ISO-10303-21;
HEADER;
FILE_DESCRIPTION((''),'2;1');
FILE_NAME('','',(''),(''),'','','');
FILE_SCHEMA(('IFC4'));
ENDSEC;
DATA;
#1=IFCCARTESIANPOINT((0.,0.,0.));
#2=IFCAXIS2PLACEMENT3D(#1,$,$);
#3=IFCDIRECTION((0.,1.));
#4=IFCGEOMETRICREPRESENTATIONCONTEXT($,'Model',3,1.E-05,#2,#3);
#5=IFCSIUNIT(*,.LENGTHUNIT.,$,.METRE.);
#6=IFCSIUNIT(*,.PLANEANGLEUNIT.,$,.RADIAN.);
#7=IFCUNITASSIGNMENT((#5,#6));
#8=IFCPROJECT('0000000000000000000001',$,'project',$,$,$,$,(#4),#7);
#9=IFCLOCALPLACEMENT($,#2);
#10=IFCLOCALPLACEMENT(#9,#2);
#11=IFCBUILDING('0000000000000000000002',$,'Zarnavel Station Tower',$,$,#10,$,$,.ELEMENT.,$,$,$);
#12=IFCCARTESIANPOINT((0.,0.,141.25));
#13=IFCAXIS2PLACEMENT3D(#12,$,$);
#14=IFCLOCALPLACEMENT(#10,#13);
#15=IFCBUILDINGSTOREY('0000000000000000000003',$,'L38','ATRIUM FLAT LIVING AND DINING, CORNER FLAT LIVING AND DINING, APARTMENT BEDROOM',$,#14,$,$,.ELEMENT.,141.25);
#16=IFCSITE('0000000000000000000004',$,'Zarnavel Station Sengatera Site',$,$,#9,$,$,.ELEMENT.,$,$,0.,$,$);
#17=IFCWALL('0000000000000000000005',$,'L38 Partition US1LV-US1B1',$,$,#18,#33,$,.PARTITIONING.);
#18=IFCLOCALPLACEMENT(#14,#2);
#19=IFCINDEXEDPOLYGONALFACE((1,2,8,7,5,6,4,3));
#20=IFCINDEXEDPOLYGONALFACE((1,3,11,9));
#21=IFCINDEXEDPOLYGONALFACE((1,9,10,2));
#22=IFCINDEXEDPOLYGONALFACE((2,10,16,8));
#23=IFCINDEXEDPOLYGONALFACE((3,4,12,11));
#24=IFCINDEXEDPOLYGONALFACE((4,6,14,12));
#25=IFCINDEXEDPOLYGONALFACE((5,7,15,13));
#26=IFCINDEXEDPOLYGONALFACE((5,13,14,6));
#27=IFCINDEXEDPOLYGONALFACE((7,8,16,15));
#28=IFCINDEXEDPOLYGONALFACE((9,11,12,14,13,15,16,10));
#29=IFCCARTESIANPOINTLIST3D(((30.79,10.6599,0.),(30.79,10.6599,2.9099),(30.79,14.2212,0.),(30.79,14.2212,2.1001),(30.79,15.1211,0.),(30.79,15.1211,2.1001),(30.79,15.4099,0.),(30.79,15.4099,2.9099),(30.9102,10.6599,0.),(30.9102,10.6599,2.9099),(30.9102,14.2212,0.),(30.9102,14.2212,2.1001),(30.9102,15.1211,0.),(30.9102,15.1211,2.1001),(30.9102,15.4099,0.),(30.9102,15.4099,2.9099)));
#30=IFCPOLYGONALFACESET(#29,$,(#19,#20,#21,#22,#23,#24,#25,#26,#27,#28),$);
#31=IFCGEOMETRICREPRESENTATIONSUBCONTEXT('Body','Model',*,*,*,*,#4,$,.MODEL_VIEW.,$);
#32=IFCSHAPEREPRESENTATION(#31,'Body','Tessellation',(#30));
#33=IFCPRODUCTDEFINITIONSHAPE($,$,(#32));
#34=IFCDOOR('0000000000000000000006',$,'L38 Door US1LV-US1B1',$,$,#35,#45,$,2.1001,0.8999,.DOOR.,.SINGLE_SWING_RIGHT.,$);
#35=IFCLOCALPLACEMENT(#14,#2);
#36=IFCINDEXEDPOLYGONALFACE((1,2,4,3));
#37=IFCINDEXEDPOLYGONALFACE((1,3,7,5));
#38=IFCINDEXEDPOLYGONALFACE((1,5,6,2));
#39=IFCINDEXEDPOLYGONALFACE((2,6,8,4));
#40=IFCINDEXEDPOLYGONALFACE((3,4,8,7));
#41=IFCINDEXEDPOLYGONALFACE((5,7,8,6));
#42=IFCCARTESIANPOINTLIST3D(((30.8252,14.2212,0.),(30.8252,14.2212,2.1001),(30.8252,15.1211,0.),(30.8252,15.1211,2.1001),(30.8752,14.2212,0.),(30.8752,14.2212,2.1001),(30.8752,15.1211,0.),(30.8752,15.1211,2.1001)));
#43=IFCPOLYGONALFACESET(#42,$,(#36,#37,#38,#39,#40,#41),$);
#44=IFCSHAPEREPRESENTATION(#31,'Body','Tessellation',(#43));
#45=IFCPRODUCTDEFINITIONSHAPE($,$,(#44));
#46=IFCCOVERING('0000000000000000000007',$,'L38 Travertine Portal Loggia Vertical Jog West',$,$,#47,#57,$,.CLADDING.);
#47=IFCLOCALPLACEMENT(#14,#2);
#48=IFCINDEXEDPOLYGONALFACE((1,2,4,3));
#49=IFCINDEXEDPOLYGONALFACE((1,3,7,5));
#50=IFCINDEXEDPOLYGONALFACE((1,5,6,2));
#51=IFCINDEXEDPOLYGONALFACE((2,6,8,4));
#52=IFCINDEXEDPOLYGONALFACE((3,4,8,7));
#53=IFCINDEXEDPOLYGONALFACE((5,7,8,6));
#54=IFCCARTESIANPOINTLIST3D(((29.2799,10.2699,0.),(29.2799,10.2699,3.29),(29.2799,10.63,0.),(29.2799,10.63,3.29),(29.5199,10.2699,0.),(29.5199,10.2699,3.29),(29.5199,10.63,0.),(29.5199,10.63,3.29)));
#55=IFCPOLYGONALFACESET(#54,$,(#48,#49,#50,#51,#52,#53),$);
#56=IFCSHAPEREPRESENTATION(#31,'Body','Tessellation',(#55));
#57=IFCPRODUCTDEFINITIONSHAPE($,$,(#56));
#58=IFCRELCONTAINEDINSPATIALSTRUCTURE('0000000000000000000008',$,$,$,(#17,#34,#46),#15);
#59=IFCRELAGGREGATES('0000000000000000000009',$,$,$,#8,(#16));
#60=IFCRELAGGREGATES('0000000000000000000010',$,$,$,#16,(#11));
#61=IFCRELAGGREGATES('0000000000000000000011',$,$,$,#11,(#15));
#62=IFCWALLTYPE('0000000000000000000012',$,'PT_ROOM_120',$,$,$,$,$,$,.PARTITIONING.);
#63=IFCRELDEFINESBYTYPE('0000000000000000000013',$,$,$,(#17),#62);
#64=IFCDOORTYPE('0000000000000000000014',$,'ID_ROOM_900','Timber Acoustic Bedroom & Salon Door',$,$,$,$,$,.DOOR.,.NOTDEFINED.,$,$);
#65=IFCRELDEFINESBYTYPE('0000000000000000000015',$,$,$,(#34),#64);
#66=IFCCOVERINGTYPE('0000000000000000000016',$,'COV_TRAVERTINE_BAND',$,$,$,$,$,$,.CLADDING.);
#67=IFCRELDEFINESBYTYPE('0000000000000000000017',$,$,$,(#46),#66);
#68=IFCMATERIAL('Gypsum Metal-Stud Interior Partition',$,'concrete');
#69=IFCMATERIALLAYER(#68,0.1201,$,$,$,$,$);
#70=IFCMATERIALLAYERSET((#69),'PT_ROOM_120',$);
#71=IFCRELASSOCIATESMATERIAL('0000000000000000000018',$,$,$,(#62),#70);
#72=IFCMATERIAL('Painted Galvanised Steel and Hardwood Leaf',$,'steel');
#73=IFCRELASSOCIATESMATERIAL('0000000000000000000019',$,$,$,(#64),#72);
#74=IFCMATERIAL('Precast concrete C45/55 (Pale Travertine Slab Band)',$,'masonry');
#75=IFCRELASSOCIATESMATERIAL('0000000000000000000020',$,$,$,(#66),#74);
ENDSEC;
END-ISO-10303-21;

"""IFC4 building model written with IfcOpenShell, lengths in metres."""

from ifc_helpers import new_model, si_unit, direction, frame, frame_2d, origin, origin_2d, place, context, subcontext, project, spatial, rectangle, extrude, material, layer, layer_set, type_object, element, fill, save


model = new_model("IFC4")

# Units and contexts
model_context = context("Model", 3, precision=1e-05, world=origin(), true_north=direction((0.0, 1.0)))
body_context = subcontext(model_context, "Body", "Model", "MODEL_VIEW")
ifc_project = project(units=[si_unit("LENGTHUNIT", "METRE"), si_unit("PLANEANGLEUNIT", "RADIAN")], contexts=[model_context])

# Site, building, storey
site_placement = place(None, origin())
site = spatial("IfcSite", under=ifc_project, at=site_placement, Name="Zarnavel Station Sengatera Site", CompositionType="ELEMENT", RefElevation=0.0)
building_placement = place(site_placement, origin())
building = spatial("IfcBuilding", under=site, at=building_placement, Name="Zarnavel Station Tower", CompositionType="ELEMENT")
storey_placement = place(building_placement, frame((0.0, 0.0, 141.25)))
storey = spatial("IfcBuildingStorey", under=building, at=storey_placement, Name="L38", Description="ATRIUM FLAT LIVING AND DINING, CORNER FLAT LIVING AND DINING, APARTMENT BEDROOM", CompositionType="ELEMENT", Elevation=141.25)

# Wall, opening, door
ifc_material_1 = material(Name="Gypsum Metal-Stud Interior Partition", Category="concrete")
ifc_layer_1 = layer(ifc_material_1, 0.1201)
ifc_layer_set_1 = layer_set([ifc_layer_1], Name="PT_ROOM_120")
wall_type_1 = type_object("IfcWallType", Name="PT_ROOM_120", PredefinedType="PARTITIONING", material=ifc_layer_set_1)
wall_1_placement = place(storey_placement, frame((30.8501, 10.6599, 0.0), z_axis=(0.0, 0.0, 1.0), x_axis=(0.0, 1.0, 0.0)))
wall_1 = element("IfcWall", 1, at=wall_1_placement, inside=storey, type_object=wall_type_1, Name="L38 Partition US1LV-US1B1", PredefinedType="PARTITIONING", context=body_context, shape_type="SweptSolid", body=[
    extrude(rectangle(XDim=4.75, YDim=0.1201, at=frame_2d((2.375, 0.0))), origin(), (0.0, 0.0, 1.0), 2.9099),
])
opening_placement = place(wall_1_placement, frame((3.5613, 0.0, 0.0)))
opening = element("IfcOpeningElement", 2, at=opening_placement, cuts=wall_1, PredefinedType="OPENING", context=body_context, shape_type="SweptSolid", body=[
    extrude(rectangle(XDim=0.8999, YDim=2.1001, at=frame_2d((0.45, 1.05))), frame((0.0, 0.0701, 0.0), z_axis=(0.0, -1.0, 0.0), x_axis=(1.0, 0.0, 0.0)), (0.0, 0.0, 1.0), 0.1401),
])
ifc_material_2 = material(Name="Painted Galvanised Steel and Hardwood Leaf", Category="steel")
door_type = type_object("IfcDoorType", Name="ID_ROOM_900", Description="Timber Acoustic Bedroom & Salon Door", OperationType="NOTDEFINED", PredefinedType="DOOR", material=ifc_material_2)
door_placement = place(opening_placement, origin())
door = element("IfcDoor", 3, at=door_placement, inside=storey, type_object=door_type, Name="L38 Door US1LV-US1B1", OperationType="SINGLE_SWING_RIGHT", OverallHeight=2.1001, OverallWidth=0.8999, PredefinedType="DOOR", context=body_context, shape_type="SweptSolid", body=[
    extrude(rectangle(XDim=0.8999, YDim=2.1001, at=frame_2d((0.45, 1.05))), frame((0.0, 0.0249, 0.0), z_axis=(0.0, -1.0, 0.0), x_axis=(1.0, 0.0, 0.0)), (0.0, 0.0, 1.0), 0.05),
])
fill(opening, door)

# Covering
ifc_material_3 = material(Name="Precast concrete C45/55 (Pale Travertine Slab Band)", Category="masonry")
covering_type = type_object("IfcCoveringType", Name="COV_TRAVERTINE_BAND", PredefinedType="CLADDING", material=ifc_material_3)
covering_placement = place(storey_placement, frame((29.3999, 10.45, 0.0), z_axis=(0.0, 0.0, 1.0), x_axis=(1.0, 0.0, 0.0)))
element("IfcCovering", 4, at=covering_placement, inside=storey, type_object=covering_type, Name="L38 Travertine Portal Loggia Vertical Jog West", PredefinedType="CLADDING", context=body_context, shape_type="SweptSolid", body=[
    extrude(rectangle(XDim=0.24, YDim=0.3601, at=origin_2d()), origin(), (0.0, 0.0, 1.0), 3.29),
])

save(model, "model.ifc")
